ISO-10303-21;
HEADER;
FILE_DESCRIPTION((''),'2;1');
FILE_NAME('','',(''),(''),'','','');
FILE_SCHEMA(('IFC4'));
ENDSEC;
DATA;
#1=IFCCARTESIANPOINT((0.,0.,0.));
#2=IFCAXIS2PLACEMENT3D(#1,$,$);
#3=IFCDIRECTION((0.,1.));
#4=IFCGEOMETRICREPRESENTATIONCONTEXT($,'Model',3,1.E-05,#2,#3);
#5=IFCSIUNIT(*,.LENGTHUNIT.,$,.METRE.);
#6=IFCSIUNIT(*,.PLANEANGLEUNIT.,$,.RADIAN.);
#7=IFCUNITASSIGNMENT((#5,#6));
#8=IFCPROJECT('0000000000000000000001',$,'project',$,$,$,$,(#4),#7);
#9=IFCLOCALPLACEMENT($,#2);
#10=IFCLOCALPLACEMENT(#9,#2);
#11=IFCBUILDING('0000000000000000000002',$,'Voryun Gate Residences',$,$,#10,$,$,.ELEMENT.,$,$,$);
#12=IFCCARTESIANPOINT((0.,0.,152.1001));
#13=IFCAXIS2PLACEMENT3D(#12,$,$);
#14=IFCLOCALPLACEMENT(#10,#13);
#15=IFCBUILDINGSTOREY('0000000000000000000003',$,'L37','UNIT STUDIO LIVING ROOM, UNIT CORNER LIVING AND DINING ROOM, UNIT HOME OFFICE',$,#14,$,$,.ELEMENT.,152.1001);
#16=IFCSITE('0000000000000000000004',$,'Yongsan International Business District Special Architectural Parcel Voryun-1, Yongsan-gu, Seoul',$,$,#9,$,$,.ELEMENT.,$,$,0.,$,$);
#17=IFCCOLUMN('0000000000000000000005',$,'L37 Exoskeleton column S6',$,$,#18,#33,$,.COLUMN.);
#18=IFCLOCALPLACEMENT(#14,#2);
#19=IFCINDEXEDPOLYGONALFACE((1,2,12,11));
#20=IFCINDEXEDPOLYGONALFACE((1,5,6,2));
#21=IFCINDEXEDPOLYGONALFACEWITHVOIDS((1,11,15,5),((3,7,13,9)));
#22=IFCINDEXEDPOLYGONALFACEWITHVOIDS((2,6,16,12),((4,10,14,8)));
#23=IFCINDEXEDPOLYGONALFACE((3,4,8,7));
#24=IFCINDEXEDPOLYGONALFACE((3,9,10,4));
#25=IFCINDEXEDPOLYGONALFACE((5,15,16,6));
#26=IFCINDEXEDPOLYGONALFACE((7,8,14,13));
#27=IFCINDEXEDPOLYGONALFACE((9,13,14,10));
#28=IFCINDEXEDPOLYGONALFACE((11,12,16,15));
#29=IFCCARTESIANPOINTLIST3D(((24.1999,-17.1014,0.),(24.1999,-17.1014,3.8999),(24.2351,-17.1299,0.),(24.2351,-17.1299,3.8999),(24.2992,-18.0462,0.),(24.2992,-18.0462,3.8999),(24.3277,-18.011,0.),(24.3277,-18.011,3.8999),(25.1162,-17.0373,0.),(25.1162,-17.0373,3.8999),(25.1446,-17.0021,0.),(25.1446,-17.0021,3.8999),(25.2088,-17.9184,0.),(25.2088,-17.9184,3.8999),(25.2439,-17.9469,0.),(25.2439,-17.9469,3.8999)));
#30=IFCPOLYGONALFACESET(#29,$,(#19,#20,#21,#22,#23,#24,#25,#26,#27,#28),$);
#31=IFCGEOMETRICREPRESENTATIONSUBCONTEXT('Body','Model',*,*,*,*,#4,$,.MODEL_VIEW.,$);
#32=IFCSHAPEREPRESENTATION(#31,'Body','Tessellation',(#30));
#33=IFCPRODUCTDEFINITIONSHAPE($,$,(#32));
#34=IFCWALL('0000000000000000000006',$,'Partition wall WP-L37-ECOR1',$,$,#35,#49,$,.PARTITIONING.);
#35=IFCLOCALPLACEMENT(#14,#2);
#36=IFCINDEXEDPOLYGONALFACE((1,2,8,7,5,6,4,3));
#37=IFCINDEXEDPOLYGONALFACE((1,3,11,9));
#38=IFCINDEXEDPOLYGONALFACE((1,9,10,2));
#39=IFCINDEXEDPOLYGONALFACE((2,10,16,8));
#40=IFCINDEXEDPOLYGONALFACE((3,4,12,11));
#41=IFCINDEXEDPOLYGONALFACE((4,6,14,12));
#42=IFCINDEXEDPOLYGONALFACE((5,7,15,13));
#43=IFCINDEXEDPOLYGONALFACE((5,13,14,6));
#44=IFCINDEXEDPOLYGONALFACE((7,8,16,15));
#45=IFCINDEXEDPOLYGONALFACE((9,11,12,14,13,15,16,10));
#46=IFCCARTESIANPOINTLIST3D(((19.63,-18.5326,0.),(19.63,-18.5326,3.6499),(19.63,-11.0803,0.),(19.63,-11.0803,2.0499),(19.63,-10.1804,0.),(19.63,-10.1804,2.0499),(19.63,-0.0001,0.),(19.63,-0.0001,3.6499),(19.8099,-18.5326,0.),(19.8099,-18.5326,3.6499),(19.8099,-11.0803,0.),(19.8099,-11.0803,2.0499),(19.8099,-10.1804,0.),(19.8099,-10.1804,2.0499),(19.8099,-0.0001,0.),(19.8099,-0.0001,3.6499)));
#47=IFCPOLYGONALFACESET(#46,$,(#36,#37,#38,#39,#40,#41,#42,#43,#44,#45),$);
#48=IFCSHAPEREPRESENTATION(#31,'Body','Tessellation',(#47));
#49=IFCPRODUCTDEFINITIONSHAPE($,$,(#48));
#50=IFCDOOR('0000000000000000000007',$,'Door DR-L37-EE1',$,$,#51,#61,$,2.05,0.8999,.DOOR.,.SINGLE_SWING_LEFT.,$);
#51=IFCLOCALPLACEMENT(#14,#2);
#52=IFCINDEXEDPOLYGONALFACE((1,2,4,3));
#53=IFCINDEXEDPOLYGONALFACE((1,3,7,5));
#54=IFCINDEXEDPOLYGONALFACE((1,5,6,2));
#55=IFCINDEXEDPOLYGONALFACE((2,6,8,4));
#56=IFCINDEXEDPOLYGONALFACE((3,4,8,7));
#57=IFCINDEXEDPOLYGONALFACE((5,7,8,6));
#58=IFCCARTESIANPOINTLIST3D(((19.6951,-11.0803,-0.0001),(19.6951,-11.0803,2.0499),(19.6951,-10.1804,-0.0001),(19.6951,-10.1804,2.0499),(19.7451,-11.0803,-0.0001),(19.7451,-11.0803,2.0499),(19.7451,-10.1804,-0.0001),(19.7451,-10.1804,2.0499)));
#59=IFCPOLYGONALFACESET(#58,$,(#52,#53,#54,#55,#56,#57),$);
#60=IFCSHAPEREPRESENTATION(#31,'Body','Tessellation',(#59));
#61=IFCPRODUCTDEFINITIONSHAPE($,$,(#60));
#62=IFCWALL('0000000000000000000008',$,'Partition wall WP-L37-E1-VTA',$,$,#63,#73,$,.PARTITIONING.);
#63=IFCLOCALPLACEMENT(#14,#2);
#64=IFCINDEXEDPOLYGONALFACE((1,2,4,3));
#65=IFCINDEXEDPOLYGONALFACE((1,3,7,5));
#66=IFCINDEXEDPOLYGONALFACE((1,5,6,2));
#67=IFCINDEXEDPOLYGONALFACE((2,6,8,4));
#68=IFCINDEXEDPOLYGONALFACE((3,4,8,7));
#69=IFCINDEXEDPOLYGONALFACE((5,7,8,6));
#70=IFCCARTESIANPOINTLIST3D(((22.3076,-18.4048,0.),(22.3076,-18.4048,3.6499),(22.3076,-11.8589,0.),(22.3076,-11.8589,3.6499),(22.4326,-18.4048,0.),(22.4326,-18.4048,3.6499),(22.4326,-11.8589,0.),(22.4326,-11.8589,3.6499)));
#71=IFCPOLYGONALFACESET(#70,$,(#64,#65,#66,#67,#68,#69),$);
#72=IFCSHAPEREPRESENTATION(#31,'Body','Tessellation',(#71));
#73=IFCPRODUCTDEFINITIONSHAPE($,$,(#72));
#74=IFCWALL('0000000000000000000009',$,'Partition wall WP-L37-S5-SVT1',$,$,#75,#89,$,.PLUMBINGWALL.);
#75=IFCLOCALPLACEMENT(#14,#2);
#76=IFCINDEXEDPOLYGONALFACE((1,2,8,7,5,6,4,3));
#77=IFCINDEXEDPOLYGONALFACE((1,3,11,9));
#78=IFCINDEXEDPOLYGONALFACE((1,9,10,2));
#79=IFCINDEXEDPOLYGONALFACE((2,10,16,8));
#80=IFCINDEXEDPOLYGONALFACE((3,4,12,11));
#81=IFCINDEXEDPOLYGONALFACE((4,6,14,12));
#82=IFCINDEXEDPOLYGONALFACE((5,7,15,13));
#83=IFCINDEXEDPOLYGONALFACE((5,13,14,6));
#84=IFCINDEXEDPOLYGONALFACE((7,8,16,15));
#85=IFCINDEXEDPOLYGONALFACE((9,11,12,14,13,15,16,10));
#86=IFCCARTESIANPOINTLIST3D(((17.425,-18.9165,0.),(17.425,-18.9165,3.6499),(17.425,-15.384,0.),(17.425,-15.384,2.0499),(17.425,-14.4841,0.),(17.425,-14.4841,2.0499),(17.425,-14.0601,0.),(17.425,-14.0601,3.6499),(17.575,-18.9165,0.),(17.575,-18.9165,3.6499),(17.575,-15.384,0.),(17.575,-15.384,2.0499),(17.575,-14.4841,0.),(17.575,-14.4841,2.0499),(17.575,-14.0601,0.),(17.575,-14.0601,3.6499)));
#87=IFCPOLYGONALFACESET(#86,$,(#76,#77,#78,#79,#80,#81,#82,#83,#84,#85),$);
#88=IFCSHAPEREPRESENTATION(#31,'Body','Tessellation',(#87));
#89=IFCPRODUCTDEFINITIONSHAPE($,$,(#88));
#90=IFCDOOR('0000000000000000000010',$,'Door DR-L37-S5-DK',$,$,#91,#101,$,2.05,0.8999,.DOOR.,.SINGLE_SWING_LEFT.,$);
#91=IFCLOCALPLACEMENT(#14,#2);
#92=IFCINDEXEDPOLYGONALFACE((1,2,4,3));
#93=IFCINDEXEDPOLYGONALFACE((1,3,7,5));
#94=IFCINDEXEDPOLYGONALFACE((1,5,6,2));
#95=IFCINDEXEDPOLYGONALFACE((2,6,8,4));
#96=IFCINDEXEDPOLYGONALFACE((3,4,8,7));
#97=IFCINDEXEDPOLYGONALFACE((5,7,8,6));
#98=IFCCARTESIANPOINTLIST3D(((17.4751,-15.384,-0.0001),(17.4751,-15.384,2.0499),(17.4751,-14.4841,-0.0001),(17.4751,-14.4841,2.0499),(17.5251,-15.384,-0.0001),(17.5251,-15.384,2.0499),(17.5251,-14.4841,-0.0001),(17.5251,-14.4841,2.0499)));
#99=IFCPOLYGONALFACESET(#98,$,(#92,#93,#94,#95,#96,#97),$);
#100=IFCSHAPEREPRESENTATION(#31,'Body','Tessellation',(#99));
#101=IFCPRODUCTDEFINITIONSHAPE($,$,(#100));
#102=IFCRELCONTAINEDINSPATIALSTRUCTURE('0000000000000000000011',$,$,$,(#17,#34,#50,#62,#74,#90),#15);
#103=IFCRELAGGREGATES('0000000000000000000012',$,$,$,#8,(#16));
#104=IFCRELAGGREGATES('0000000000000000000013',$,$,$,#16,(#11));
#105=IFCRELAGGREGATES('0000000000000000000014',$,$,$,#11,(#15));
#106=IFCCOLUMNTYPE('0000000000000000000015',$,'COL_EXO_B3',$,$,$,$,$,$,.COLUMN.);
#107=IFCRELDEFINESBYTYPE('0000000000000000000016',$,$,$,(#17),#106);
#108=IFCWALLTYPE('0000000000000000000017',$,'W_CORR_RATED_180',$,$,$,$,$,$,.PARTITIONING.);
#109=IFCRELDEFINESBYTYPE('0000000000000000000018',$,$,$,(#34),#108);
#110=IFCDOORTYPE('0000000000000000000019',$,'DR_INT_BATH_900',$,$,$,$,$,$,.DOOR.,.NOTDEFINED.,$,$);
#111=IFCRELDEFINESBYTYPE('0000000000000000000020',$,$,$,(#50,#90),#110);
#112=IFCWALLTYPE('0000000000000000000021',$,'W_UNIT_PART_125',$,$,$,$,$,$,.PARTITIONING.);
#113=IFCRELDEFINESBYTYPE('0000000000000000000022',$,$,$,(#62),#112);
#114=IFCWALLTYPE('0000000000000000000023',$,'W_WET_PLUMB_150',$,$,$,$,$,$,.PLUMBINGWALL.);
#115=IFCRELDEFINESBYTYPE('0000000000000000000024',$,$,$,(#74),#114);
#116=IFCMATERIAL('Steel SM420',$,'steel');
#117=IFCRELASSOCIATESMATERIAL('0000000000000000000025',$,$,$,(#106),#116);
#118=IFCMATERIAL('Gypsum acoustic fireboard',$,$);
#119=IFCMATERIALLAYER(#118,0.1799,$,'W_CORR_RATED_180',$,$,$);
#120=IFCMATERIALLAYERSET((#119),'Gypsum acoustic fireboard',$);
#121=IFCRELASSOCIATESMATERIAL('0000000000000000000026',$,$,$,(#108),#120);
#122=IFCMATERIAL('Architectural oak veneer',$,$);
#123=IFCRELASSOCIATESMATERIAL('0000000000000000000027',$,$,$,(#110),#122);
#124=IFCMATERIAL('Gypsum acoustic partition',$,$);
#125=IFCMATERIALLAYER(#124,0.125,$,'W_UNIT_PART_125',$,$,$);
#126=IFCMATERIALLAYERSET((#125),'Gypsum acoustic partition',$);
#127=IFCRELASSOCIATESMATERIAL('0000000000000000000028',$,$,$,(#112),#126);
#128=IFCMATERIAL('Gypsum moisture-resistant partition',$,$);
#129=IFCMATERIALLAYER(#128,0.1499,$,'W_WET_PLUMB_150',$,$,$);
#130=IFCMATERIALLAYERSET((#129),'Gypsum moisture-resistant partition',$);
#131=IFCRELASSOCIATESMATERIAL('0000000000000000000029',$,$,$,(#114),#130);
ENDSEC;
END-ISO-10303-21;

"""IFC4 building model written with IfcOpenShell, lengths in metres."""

from ifc_helpers import new_model, si_unit, direction, frame, frame_2d, origin, origin_2d, place, context, subcontext, project, spatial, rectangle, hollow_rectangle, extrude, material, layer, layer_set, material_profile, profile_set, type_object, element, fill, save


model = new_model("IFC4")

# Units and contexts
model_context = context("Model", 3, precision=1e-05, world=origin(), true_north=direction((0.0, 1.0)))
body_context = subcontext(model_context, "Body", "Model", "MODEL_VIEW")
ifc_project = project(units=[si_unit("LENGTHUNIT", "METRE"), si_unit("PLANEANGLEUNIT", "RADIAN")], contexts=[model_context])

# Site, building, storey
site_placement = place(None, origin())
site = spatial("IfcSite", under=ifc_project, at=site_placement, Name="Yongsan International Business District Special Architectural Parcel Voryun-1, Yongsan-gu, Seoul", CompositionType="ELEMENT", RefElevation=0.0)
building_placement = place(site_placement, origin())
building = spatial("IfcBuilding", under=site, at=building_placement, Name="Voryun Gate Residences", CompositionType="ELEMENT")
storey_placement = place(building_placement, frame((0.0, 0.0, 152.1001)))
storey = spatial("IfcBuildingStorey", under=building, at=storey_placement, Name="L37", Description="UNIT STUDIO LIVING ROOM, UNIT CORNER LIVING AND DINING ROOM, UNIT HOME OFFICE", CompositionType="ELEMENT", Elevation=152.1001)

# Column
ifc_material_1 = material(Name="Steel SM420", Category="steel")
ifc_material_profile = material_profile(ifc_material_1, hollow_rectangle(XDim=0.95, YDim=0.95, WallThickness=0.032, at=origin_2d()), Name="BOX-950x950x32")
ifc_profile_set = profile_set([ifc_material_profile], Name="Steel SM420")
column_type = type_object("IfcColumnType", Name="COL_EXO_B3", PredefinedType="COLUMN", material=ifc_profile_set)
column_placement = place(storey_placement, frame((24.7219, -17.5242, 0.0), z_axis=(0.0, 0.0, 1.0), x_axis=(0.994522, 0.104528, 0.0)))
element("IfcColumn", 1, at=column_placement, inside=storey, type_object=column_type, Name="L37 Exoskeleton column S6", PredefinedType="COLUMN", context=body_context, shape_type="SweptSolid", body=[
    extrude(hollow_rectangle(XDim=0.95, YDim=0.95, WallThickness=0.032, at=origin_2d()), origin(), (0.0, 0.0, 1.0), 3.8999),
])

# Wall, opening, door
ifc_material_2 = material(Name="Gypsum acoustic fireboard")
ifc_layer_1 = layer(ifc_material_2, 0.1799, Name="W_CORR_RATED_180")
ifc_layer_set_1 = layer_set([ifc_layer_1], Name="Gypsum acoustic fireboard")
wall_type_1 = type_object("IfcWallType", Name="W_CORR_RATED_180", PredefinedType="PARTITIONING", material=ifc_layer_set_1)
wall_1_placement = place(storey_placement, frame((19.72, -18.5325, 0.0), z_axis=(0.0, 0.0, 1.0), x_axis=(0.0, 1.0, 0.0)))
wall_1 = element("IfcWall", 2, at=wall_1_placement, inside=storey, type_object=wall_type_1, Name="Partition wall WP-L37-ECOR1", PredefinedType="PARTITIONING", context=body_context, shape_type="SweptSolid", body=[
    extrude(rectangle(XDim=18.5325, YDim=0.1799, at=frame_2d((9.2661, 0.0))), origin(), (0.0, 0.0, 1.0), 3.6499),
])
opening_1_placement = place(wall_1_placement, frame((7.4521, 0.0, 0.0)))
opening_1 = element("IfcOpeningElement", 3, at=opening_1_placement, cuts=wall_1, PredefinedType="OPENING", context=body_context, shape_type="SweptSolid", body=[
    extrude(rectangle(XDim=0.8999, YDim=2.05, at=frame_2d((0.45, 1.0249))), frame((0.0, 0.0999, 0.0), z_axis=(0.0, -1.0, 0.0), x_axis=(1.0, 0.0, 0.0)), (0.0, 0.0, 1.0), 0.2),
])
ifc_material_3 = material(Name="Architectural oak veneer")
door_type = type_object("IfcDoorType", Name="DR_INT_BATH_900", OperationType="NOTDEFINED", PredefinedType="DOOR", material=ifc_material_3)
door_1_placement = place(opening_1_placement, origin())
door_1 = element("IfcDoor", 4, at=door_1_placement, inside=storey, type_object=door_type, Name="Door DR-L37-EE1", OperationType="SINGLE_SWING_LEFT", OverallHeight=2.05, OverallWidth=0.8999, PredefinedType="DOOR", context=body_context, shape_type="SweptSolid", body=[
    extrude(rectangle(XDim=0.8999, YDim=2.05, at=frame_2d((0.45, 1.0249))), frame((0.0, 0.0249, 0.0), z_axis=(0.0, -1.0, 0.0), x_axis=(1.0, 0.0, 0.0)), (0.0, 0.0, 1.0), 0.05),
])
fill(opening_1, door_1)

# Wall
ifc_material_4 = material(Name="Gypsum acoustic partition")
ifc_layer_2 = layer(ifc_material_4, 0.125, Name="W_UNIT_PART_125")
ifc_layer_set_2 = layer_set([ifc_layer_2], Name="Gypsum acoustic partition")
wall_type_2 = type_object("IfcWallType", Name="W_UNIT_PART_125", PredefinedType="PARTITIONING", material=ifc_layer_set_2)
wall_2_placement = place(storey_placement, frame((22.3701, -18.4048, 0.0), z_axis=(0.0, 0.0, 1.0), x_axis=(0.0, 1.0, 0.0)))
element("IfcWall", 5, at=wall_2_placement, inside=storey, type_object=wall_type_2, Name="Partition wall WP-L37-E1-VTA", PredefinedType="PARTITIONING", context=body_context, shape_type="SweptSolid", body=[
    extrude(rectangle(XDim=6.5459, YDim=0.125, at=frame_2d((3.2729, 0.0))), origin(), (0.0, 0.0, 1.0), 3.6499),
])

# Wall, opening, door
ifc_material_5 = material(Name="Gypsum moisture-resistant partition")
ifc_layer_3 = layer(ifc_material_5, 0.1499, Name="W_WET_PLUMB_150")
ifc_layer_set_3 = layer_set([ifc_layer_3], Name="Gypsum moisture-resistant partition")
wall_type_3 = type_object("IfcWallType", Name="W_WET_PLUMB_150", PredefinedType="PLUMBINGWALL", material=ifc_layer_set_3)
wall_3_placement = place(storey_placement, frame((17.5, -18.9165, 0.0), z_axis=(0.0, 0.0, 1.0), x_axis=(0.0, 1.0, 0.0)))
wall_3 = element("IfcWall", 6, at=wall_3_placement, inside=storey, type_object=wall_type_3, Name="Partition wall WP-L37-S5-SVT1", PredefinedType="PLUMBINGWALL", context=body_context, shape_type="SweptSolid", body=[
    extrude(rectangle(XDim=4.8564, YDim=0.1499, at=frame_2d((2.4282, 0.0))), origin(), (0.0, 0.0, 1.0), 3.6499),
])
opening_2_placement = place(wall_3_placement, frame((3.5325, 0.0, 0.0)))
opening_2 = element("IfcOpeningElement", 7, at=opening_2_placement, cuts=wall_3, PredefinedType="OPENING", context=body_context, shape_type="SweptSolid", body=[
    extrude(rectangle(XDim=0.8999, YDim=2.05, at=frame_2d((0.45, 1.0249))), frame((0.0, 0.085, 0.0), z_axis=(0.0, -1.0, 0.0), x_axis=(1.0, 0.0, 0.0)), (0.0, 0.0, 1.0), 0.1699),
])
door_2_placement = place(opening_2_placement, origin())
door_2 = element("IfcDoor", 8, at=door_2_placement, inside=storey, type_object=door_type, Name="Door DR-L37-S5-DK", OperationType="SINGLE_SWING_LEFT", OverallHeight=2.05, OverallWidth=0.8999, PredefinedType="DOOR", context=body_context, shape_type="SweptSolid", body=[
    extrude(rectangle(XDim=0.8999, YDim=2.05, at=frame_2d((0.45, 1.0249))), frame((0.0, 0.0249, 0.0), z_axis=(0.0, -1.0, 0.0), x_axis=(1.0, 0.0, 0.0)), (0.0, 0.0, 1.0), 0.05),
])
fill(opening_2, door_2)

save(model, "model.ifc")
